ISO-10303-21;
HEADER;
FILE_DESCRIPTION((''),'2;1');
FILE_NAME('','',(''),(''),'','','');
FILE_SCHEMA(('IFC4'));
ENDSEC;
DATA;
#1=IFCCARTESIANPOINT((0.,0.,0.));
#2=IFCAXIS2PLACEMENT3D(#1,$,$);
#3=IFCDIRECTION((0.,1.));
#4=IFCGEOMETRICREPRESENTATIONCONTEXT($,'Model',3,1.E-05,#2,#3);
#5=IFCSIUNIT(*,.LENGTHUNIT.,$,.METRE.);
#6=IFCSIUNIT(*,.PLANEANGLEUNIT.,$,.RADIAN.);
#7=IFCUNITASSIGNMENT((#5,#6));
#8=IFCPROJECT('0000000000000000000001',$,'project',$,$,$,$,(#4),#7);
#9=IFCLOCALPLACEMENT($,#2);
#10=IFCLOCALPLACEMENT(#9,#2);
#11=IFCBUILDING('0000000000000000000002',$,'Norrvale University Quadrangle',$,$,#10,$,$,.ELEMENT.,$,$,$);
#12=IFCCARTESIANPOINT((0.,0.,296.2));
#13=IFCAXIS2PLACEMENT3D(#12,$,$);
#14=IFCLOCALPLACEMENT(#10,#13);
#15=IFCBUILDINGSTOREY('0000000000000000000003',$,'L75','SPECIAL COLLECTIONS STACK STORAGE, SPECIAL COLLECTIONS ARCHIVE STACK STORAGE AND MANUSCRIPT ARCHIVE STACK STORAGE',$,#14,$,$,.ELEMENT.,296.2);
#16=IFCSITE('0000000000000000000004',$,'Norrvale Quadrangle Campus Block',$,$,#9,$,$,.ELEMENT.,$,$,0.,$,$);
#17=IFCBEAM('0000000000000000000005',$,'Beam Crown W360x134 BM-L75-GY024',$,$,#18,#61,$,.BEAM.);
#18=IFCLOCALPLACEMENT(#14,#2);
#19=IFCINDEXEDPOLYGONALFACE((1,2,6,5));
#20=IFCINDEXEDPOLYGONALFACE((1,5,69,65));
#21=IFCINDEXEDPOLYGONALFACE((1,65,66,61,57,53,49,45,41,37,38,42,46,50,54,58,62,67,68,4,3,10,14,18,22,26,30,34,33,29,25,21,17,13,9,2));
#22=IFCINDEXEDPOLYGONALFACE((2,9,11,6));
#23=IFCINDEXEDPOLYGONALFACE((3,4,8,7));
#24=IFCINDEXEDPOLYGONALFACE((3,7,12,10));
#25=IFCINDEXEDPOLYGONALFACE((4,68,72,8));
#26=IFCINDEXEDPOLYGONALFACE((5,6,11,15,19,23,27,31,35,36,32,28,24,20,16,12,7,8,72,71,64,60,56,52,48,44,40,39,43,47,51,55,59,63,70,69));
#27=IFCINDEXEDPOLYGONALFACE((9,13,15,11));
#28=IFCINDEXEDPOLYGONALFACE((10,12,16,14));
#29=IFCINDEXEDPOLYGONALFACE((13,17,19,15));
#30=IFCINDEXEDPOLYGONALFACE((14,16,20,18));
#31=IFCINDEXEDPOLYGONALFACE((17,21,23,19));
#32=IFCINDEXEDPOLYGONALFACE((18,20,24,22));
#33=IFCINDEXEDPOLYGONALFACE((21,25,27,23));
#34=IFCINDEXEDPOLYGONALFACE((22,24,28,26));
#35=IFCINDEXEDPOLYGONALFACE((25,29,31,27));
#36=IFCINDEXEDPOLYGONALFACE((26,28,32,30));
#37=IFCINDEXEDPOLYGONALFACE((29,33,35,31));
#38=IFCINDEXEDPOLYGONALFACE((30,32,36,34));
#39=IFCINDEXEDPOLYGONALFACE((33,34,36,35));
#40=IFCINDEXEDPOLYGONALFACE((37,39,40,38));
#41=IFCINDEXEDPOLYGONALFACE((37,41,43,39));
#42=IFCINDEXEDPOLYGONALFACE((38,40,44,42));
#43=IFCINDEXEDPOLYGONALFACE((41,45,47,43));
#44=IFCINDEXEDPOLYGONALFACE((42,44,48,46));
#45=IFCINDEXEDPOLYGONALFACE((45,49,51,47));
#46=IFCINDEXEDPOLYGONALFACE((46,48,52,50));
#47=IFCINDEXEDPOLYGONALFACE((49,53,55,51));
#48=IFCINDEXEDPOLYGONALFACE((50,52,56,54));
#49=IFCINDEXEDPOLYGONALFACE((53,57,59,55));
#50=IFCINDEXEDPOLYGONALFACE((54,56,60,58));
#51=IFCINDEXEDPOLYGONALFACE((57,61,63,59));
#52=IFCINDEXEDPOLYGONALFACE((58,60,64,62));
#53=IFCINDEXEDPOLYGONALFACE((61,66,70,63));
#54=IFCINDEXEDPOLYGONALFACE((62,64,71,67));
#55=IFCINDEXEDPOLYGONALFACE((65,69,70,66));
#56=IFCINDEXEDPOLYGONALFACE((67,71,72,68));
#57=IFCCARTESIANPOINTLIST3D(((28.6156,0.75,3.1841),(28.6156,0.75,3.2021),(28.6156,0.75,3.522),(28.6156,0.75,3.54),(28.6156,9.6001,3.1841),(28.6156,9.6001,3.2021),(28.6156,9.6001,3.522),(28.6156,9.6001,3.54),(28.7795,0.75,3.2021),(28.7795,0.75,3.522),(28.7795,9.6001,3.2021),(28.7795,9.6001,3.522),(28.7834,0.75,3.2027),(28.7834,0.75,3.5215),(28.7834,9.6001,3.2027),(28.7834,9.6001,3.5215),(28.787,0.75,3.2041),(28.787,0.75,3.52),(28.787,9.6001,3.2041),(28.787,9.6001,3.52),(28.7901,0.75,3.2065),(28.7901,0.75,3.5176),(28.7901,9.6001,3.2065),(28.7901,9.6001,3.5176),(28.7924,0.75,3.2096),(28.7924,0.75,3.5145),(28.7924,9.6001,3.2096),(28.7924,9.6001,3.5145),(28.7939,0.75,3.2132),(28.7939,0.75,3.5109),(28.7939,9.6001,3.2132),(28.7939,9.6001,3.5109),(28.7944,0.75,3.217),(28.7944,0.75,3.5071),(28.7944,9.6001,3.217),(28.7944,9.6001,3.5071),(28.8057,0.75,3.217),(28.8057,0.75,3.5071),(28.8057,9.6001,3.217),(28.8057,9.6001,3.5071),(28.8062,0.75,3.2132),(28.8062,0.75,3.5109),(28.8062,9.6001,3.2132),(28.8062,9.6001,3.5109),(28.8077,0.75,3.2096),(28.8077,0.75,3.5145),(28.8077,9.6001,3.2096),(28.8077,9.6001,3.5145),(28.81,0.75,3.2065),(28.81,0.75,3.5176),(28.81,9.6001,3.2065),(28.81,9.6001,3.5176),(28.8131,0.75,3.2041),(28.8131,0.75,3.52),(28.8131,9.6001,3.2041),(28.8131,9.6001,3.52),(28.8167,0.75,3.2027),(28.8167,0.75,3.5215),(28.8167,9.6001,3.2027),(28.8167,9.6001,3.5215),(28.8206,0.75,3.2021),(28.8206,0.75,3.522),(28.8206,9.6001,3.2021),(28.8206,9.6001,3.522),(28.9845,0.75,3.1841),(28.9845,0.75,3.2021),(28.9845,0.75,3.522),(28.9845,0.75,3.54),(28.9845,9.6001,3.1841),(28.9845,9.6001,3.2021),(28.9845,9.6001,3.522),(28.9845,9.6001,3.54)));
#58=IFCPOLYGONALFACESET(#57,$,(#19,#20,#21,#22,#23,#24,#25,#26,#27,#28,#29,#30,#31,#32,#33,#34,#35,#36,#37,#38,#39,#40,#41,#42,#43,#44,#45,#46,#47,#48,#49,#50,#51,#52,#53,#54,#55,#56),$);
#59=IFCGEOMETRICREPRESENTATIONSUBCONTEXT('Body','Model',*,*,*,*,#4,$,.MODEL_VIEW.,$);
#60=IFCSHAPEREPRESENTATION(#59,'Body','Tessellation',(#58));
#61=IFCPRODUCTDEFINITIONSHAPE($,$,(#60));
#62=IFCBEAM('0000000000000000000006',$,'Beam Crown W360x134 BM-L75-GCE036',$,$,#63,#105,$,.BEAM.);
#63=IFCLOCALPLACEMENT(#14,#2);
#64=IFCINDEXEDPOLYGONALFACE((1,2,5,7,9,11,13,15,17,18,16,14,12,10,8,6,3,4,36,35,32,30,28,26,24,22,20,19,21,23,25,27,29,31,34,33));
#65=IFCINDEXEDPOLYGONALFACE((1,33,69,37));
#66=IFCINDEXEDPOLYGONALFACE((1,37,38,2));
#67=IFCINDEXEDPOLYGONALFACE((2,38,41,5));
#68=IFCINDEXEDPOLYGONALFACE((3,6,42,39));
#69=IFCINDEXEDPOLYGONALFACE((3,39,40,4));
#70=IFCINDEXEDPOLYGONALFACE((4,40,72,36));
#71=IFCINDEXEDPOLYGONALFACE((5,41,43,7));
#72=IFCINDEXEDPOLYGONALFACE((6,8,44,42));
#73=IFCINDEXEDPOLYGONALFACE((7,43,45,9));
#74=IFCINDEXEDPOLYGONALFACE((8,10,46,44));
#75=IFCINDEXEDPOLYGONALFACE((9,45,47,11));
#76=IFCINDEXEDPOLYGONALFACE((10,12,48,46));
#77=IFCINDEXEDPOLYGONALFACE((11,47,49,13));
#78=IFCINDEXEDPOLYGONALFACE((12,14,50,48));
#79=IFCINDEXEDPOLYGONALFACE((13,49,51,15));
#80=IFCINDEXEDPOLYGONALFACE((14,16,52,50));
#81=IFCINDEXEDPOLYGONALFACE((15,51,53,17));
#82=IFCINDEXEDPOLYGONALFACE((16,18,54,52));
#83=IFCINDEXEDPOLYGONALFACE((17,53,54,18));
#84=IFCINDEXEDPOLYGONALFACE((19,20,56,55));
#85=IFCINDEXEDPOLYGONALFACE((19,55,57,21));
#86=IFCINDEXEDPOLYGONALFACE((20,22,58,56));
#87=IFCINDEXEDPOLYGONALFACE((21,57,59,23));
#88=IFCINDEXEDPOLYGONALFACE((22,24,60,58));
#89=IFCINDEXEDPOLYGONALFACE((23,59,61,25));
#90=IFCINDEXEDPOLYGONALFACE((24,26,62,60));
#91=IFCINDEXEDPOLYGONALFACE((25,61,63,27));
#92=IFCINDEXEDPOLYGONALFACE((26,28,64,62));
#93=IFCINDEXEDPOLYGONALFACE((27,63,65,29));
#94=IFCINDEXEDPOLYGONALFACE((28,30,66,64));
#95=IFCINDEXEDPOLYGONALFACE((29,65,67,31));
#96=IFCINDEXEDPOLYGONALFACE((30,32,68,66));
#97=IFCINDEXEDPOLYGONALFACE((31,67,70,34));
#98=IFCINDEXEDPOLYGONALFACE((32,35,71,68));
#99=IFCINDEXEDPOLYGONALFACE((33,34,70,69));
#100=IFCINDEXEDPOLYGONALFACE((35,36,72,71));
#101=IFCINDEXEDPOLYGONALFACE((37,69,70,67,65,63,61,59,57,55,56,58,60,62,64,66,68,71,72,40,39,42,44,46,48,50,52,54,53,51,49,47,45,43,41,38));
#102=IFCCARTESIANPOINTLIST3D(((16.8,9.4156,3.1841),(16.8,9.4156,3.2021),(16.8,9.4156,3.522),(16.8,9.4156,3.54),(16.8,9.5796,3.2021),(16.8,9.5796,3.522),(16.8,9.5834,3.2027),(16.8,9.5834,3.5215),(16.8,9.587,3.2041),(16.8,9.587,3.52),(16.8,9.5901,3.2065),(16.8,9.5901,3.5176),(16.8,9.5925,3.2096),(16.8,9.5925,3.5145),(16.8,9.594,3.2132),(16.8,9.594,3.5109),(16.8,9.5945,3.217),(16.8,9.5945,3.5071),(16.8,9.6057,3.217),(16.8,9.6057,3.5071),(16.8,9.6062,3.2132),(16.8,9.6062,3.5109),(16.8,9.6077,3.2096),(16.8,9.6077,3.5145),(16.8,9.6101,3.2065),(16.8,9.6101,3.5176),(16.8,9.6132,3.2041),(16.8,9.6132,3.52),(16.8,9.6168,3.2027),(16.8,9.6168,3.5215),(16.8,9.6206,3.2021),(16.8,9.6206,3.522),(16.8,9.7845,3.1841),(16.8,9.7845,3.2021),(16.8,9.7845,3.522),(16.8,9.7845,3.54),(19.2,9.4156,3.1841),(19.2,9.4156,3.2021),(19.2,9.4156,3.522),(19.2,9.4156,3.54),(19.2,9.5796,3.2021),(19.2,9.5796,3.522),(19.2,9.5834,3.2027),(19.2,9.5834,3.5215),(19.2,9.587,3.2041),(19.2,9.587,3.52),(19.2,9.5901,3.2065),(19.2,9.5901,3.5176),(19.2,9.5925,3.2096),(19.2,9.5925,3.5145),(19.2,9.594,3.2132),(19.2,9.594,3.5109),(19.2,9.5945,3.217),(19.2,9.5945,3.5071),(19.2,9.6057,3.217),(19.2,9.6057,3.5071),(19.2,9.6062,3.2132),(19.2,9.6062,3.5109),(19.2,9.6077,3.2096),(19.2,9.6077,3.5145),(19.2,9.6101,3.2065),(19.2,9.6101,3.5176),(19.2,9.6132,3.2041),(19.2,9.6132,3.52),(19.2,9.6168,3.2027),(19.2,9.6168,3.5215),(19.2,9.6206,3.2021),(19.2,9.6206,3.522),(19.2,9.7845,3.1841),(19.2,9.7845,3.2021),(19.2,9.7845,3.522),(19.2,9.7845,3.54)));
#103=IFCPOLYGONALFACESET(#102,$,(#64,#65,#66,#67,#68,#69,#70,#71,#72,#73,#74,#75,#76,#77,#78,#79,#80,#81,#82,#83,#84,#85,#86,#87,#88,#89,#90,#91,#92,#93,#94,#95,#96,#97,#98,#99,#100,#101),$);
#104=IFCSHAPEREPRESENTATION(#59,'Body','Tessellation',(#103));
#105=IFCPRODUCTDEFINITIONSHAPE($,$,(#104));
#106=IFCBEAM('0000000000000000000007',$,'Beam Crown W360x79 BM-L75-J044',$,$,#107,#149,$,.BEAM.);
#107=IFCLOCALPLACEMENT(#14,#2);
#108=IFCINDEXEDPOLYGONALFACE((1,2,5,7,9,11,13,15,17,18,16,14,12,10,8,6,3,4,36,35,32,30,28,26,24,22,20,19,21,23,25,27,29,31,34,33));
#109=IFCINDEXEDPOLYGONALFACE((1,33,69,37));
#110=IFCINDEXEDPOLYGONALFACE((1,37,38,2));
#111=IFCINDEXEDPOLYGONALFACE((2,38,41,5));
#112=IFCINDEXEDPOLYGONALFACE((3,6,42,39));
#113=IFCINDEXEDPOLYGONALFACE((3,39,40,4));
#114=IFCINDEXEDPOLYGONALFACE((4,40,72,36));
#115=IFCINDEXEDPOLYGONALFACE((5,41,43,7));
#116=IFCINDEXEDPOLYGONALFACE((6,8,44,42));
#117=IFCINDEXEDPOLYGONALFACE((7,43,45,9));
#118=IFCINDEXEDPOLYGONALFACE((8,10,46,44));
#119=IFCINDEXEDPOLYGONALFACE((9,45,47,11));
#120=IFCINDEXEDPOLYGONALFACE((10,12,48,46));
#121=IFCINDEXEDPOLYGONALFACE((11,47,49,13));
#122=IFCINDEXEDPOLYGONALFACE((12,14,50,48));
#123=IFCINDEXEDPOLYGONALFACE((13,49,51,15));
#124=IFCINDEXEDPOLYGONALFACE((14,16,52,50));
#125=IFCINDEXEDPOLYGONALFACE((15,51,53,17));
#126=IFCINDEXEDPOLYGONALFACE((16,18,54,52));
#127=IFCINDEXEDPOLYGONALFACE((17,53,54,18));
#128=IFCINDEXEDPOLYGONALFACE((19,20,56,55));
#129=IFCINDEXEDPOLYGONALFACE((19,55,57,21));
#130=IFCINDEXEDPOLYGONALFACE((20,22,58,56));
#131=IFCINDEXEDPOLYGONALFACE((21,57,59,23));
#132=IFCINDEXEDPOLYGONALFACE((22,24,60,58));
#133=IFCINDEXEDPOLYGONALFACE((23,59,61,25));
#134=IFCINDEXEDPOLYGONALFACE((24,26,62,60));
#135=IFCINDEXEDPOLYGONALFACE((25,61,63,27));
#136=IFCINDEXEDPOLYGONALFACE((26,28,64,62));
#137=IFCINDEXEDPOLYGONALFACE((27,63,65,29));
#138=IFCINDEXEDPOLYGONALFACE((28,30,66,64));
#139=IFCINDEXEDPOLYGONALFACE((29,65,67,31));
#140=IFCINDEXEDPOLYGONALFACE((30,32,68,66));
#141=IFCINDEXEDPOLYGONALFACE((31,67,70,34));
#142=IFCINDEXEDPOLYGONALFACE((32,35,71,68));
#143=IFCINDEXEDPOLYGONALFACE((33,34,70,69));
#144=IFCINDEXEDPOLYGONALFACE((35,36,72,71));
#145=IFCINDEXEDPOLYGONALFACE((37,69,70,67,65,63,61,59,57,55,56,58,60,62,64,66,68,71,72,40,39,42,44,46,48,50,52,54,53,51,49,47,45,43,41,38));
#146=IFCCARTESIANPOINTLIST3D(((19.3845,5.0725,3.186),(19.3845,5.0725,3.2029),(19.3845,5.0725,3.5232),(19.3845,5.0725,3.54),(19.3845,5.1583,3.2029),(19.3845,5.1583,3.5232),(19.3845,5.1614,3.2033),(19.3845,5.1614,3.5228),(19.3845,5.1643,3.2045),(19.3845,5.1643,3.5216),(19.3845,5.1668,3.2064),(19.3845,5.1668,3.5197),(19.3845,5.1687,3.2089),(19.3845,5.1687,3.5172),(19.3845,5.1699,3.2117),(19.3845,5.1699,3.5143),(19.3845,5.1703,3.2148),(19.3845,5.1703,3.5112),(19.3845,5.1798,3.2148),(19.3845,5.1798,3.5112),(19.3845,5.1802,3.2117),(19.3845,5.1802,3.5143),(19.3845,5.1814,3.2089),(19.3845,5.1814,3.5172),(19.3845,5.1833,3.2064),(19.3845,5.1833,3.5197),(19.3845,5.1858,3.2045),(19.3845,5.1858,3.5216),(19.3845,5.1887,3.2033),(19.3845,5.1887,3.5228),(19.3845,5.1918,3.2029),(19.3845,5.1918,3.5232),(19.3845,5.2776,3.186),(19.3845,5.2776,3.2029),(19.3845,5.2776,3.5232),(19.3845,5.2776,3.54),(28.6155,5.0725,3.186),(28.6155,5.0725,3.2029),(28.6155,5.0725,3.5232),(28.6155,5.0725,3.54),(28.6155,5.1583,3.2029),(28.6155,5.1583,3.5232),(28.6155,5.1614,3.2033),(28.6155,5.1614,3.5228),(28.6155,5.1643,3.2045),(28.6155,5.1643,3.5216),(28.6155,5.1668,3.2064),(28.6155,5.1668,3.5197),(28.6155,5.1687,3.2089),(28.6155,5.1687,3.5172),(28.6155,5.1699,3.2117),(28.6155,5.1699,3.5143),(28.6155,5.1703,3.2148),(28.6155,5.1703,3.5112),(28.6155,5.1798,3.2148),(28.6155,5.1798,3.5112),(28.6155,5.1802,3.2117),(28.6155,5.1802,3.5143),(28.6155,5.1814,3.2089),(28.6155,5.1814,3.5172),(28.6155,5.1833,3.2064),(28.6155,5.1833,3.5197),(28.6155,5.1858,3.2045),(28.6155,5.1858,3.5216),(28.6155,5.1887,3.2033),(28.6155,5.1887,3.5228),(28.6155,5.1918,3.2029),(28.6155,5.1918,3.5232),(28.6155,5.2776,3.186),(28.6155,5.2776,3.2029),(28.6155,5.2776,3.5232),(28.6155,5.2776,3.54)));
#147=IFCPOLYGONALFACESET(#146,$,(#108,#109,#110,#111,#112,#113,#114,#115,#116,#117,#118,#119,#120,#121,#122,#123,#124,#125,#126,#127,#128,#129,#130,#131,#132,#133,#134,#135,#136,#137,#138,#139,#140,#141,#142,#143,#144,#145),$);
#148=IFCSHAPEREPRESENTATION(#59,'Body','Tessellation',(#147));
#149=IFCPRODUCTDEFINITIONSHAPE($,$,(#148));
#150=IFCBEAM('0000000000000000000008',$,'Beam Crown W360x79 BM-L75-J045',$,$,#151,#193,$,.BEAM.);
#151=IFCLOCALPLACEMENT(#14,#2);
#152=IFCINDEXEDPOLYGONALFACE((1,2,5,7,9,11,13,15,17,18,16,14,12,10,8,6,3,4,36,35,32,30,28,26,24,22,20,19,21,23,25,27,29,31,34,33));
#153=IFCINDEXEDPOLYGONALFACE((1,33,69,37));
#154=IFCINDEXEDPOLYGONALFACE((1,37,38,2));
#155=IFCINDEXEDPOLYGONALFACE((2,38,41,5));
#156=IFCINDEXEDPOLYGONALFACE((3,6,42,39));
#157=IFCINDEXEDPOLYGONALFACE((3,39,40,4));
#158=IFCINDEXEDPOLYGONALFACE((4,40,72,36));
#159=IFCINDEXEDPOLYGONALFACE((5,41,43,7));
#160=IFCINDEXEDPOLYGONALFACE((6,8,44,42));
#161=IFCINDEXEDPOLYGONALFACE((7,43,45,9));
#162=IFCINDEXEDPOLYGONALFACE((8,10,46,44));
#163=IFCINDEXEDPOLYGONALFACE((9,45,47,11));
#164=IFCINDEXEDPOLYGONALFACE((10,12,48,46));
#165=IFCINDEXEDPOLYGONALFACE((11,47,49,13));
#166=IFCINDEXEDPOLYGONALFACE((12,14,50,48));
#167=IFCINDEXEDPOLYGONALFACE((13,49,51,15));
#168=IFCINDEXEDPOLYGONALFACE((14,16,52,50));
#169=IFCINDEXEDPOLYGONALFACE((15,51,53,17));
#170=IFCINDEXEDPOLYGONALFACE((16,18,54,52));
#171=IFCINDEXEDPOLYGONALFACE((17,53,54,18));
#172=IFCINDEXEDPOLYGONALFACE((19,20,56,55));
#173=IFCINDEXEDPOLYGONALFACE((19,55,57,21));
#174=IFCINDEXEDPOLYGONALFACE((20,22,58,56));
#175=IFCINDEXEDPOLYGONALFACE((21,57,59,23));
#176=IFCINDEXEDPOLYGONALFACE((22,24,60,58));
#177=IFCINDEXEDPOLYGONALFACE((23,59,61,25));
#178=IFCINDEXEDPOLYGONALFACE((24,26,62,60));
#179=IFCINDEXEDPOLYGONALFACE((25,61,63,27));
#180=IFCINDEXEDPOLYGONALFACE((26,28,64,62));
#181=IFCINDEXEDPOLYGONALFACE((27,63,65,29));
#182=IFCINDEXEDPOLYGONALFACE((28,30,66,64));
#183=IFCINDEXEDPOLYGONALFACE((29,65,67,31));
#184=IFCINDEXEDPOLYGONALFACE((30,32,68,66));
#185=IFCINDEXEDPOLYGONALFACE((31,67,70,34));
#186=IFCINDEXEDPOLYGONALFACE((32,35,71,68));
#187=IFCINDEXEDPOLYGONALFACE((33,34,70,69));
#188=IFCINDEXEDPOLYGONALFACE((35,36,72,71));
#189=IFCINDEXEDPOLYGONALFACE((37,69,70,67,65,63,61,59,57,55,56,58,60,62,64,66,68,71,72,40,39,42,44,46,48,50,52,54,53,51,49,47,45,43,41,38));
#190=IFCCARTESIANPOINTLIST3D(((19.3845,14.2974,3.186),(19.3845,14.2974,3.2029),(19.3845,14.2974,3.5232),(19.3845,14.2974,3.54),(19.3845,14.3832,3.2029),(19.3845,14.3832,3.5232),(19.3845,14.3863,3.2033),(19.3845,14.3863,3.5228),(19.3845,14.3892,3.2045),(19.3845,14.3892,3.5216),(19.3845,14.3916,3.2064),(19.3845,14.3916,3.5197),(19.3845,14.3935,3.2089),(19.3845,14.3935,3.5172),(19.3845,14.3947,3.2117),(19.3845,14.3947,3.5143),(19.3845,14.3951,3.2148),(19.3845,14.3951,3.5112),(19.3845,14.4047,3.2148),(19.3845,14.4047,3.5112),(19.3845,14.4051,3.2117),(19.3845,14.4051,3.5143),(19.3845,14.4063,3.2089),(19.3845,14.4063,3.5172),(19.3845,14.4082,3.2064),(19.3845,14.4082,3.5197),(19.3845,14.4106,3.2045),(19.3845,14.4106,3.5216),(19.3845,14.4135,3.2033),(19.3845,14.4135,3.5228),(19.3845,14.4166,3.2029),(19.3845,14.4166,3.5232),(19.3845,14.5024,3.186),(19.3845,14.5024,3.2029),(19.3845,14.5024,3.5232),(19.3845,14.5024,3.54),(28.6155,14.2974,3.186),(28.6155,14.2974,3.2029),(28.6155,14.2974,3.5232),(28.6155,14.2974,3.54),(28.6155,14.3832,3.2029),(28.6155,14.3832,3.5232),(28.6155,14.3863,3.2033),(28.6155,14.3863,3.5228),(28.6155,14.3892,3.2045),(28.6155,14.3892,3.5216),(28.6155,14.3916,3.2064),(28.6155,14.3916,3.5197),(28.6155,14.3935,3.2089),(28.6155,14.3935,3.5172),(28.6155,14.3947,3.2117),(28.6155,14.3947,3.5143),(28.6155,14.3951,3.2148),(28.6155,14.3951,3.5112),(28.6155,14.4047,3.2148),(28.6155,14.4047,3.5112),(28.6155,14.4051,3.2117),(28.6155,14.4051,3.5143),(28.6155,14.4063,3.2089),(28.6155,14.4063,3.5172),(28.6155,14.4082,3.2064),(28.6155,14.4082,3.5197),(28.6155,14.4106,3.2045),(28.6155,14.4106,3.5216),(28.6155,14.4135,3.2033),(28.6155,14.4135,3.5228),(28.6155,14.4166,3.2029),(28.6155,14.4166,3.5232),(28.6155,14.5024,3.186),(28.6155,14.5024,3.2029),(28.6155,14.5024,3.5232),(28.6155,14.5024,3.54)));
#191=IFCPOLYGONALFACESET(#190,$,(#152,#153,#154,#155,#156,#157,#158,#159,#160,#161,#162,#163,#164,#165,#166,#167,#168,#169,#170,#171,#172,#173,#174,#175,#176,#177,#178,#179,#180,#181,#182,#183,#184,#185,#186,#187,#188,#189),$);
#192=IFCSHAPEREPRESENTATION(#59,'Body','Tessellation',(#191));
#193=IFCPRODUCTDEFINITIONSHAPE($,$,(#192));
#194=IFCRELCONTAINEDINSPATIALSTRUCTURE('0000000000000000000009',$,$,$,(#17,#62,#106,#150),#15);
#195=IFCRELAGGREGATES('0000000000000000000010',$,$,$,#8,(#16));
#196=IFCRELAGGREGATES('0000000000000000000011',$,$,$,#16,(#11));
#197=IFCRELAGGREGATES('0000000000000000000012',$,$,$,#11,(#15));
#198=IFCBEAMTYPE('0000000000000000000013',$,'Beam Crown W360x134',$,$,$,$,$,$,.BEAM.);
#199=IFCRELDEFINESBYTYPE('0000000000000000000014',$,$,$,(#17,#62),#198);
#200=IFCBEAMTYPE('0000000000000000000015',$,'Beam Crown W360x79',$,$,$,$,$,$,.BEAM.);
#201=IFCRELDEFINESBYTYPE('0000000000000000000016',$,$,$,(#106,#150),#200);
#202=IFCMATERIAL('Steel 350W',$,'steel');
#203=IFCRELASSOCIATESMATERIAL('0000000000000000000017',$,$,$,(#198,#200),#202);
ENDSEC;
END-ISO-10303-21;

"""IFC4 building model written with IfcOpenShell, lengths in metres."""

from ifc_helpers import new_model, si_unit, direction, frame, origin, origin_2d, place, context, subcontext, project, spatial, i_section, extrude, material, material_profile, profile_set, type_object, element, save


model = new_model("IFC4")

# Units and contexts
model_context = context("Model", 3, precision=1e-05, world=origin(), true_north=direction((0.0, 1.0)))
body_context = subcontext(model_context, "Body", "Model", "MODEL_VIEW")
ifc_project = project(units=[si_unit("LENGTHUNIT", "METRE"), si_unit("PLANEANGLEUNIT", "RADIAN")], contexts=[model_context])

# Site, building, storey
site_placement = place(None, origin())
site = spatial("IfcSite", under=ifc_project, at=site_placement, Name="Norrvale Quadrangle Campus Block", CompositionType="ELEMENT", RefElevation=0.0)
building_placement = place(site_placement, origin())
building = spatial("IfcBuilding", under=site, at=building_placement, Name="Norrvale University Quadrangle", CompositionType="ELEMENT")
storey_placement = place(building_placement, frame((0.0, 0.0, 296.2)))
storey = spatial("IfcBuildingStorey", under=building, at=storey_placement, Name="L75", Description="SPECIAL COLLECTIONS STACK STORAGE, SPECIAL COLLECTIONS ARCHIVE STACK STORAGE AND MANUSCRIPT ARCHIVE STACK STORAGE", CompositionType="ELEMENT", Elevation=296.2)

# Beams
ifc_material_1 = material(Name="Steel 350W", Category="steel")
ifc_material_profile_1 = material_profile(ifc_material_1, i_section(OverallWidth=0.3689, OverallDepth=0.356, WebThickness=0.0112, FlangeThickness=0.0181, FilletRadius=0.0149, at=origin_2d()), Name="Steel 350W")
ifc_profile_set_1 = profile_set([ifc_material_profile_1], Name="Steel 350W")
beam_type_1 = type_object("IfcBeamType", Name="Beam Crown W360x134", PredefinedType="BEAM", material=ifc_profile_set_1)
beam_1_placement = place(storey_placement, frame((28.8, 0.75, 3.3621), z_axis=(0.0, 1.0, 0.0), x_axis=(-1.0, 0.0, 0.0)))
element("IfcBeam", 1, at=beam_1_placement, inside=storey, type_object=beam_type_1, Name="Beam Crown W360x134 BM-L75-GY024", PredefinedType="BEAM", context=body_context, shape_type="SweptSolid", body=[
    extrude(i_section(OverallWidth=0.3689, OverallDepth=0.356, WebThickness=0.0112, FlangeThickness=0.0181, FilletRadius=0.0149, at=origin_2d()), origin(), (0.0, 0.0, 1.0), 8.8501),
])
beam_2_placement = place(storey_placement, frame((16.8, 9.6001, 3.3621), z_axis=(1.0, 0.0, 0.0), x_axis=(0.0, 1.0, 0.0)))
element("IfcBeam", 2, at=beam_2_placement, inside=storey, type_object=beam_type_1, Name="Beam Crown W360x134 BM-L75-GCE036", PredefinedType="BEAM", context=body_context, shape_type="SweptSolid", body=[
    extrude(i_section(OverallWidth=0.3689, OverallDepth=0.356, WebThickness=0.0112, FlangeThickness=0.0181, FilletRadius=0.0149, at=origin_2d()), origin(), (0.0, 0.0, 1.0), 2.3999),
])
ifc_material_profile_2 = material_profile(ifc_material_1, i_section(OverallWidth=0.2051, OverallDepth=0.354, WebThickness=0.0095, FlangeThickness=0.0168, FilletRadius=0.012, at=origin_2d()), Name="Steel 350W")
ifc_profile_set_2 = profile_set([ifc_material_profile_2], Name="Steel 350W")
beam_type_2 = type_object("IfcBeamType", Name="Beam Crown W360x79", PredefinedType="BEAM", material=ifc_profile_set_2)
for number, where, z_axis, x_axis, name in (
    (3, (19.3845, 5.175, 3.363), (1.0, 0.0, 0.0), (0.0, 1.0, 0.0), "Beam Crown W360x79 BM-L75-J044"),
    (4, (19.3845, 14.3999, 3.363), (1.0, 0.0, 0.0), (0.0, 1.0, 0.0), "Beam Crown W360x79 BM-L75-J045"),
):
    element("IfcBeam", number, at=place(storey_placement, frame(where, z_axis=z_axis, x_axis=x_axis)), inside=storey, type_object=beam_type_2, Name=name, PredefinedType="BEAM", context=body_context, shape_type="SweptSolid", body=[
        extrude(i_section(OverallWidth=0.2051, OverallDepth=0.354, WebThickness=0.0095, FlangeThickness=0.0168, FilletRadius=0.012, at=origin_2d()), origin(), (0.0, 0.0, 1.0), 9.231),
    ])

save(model, "model.ifc")
